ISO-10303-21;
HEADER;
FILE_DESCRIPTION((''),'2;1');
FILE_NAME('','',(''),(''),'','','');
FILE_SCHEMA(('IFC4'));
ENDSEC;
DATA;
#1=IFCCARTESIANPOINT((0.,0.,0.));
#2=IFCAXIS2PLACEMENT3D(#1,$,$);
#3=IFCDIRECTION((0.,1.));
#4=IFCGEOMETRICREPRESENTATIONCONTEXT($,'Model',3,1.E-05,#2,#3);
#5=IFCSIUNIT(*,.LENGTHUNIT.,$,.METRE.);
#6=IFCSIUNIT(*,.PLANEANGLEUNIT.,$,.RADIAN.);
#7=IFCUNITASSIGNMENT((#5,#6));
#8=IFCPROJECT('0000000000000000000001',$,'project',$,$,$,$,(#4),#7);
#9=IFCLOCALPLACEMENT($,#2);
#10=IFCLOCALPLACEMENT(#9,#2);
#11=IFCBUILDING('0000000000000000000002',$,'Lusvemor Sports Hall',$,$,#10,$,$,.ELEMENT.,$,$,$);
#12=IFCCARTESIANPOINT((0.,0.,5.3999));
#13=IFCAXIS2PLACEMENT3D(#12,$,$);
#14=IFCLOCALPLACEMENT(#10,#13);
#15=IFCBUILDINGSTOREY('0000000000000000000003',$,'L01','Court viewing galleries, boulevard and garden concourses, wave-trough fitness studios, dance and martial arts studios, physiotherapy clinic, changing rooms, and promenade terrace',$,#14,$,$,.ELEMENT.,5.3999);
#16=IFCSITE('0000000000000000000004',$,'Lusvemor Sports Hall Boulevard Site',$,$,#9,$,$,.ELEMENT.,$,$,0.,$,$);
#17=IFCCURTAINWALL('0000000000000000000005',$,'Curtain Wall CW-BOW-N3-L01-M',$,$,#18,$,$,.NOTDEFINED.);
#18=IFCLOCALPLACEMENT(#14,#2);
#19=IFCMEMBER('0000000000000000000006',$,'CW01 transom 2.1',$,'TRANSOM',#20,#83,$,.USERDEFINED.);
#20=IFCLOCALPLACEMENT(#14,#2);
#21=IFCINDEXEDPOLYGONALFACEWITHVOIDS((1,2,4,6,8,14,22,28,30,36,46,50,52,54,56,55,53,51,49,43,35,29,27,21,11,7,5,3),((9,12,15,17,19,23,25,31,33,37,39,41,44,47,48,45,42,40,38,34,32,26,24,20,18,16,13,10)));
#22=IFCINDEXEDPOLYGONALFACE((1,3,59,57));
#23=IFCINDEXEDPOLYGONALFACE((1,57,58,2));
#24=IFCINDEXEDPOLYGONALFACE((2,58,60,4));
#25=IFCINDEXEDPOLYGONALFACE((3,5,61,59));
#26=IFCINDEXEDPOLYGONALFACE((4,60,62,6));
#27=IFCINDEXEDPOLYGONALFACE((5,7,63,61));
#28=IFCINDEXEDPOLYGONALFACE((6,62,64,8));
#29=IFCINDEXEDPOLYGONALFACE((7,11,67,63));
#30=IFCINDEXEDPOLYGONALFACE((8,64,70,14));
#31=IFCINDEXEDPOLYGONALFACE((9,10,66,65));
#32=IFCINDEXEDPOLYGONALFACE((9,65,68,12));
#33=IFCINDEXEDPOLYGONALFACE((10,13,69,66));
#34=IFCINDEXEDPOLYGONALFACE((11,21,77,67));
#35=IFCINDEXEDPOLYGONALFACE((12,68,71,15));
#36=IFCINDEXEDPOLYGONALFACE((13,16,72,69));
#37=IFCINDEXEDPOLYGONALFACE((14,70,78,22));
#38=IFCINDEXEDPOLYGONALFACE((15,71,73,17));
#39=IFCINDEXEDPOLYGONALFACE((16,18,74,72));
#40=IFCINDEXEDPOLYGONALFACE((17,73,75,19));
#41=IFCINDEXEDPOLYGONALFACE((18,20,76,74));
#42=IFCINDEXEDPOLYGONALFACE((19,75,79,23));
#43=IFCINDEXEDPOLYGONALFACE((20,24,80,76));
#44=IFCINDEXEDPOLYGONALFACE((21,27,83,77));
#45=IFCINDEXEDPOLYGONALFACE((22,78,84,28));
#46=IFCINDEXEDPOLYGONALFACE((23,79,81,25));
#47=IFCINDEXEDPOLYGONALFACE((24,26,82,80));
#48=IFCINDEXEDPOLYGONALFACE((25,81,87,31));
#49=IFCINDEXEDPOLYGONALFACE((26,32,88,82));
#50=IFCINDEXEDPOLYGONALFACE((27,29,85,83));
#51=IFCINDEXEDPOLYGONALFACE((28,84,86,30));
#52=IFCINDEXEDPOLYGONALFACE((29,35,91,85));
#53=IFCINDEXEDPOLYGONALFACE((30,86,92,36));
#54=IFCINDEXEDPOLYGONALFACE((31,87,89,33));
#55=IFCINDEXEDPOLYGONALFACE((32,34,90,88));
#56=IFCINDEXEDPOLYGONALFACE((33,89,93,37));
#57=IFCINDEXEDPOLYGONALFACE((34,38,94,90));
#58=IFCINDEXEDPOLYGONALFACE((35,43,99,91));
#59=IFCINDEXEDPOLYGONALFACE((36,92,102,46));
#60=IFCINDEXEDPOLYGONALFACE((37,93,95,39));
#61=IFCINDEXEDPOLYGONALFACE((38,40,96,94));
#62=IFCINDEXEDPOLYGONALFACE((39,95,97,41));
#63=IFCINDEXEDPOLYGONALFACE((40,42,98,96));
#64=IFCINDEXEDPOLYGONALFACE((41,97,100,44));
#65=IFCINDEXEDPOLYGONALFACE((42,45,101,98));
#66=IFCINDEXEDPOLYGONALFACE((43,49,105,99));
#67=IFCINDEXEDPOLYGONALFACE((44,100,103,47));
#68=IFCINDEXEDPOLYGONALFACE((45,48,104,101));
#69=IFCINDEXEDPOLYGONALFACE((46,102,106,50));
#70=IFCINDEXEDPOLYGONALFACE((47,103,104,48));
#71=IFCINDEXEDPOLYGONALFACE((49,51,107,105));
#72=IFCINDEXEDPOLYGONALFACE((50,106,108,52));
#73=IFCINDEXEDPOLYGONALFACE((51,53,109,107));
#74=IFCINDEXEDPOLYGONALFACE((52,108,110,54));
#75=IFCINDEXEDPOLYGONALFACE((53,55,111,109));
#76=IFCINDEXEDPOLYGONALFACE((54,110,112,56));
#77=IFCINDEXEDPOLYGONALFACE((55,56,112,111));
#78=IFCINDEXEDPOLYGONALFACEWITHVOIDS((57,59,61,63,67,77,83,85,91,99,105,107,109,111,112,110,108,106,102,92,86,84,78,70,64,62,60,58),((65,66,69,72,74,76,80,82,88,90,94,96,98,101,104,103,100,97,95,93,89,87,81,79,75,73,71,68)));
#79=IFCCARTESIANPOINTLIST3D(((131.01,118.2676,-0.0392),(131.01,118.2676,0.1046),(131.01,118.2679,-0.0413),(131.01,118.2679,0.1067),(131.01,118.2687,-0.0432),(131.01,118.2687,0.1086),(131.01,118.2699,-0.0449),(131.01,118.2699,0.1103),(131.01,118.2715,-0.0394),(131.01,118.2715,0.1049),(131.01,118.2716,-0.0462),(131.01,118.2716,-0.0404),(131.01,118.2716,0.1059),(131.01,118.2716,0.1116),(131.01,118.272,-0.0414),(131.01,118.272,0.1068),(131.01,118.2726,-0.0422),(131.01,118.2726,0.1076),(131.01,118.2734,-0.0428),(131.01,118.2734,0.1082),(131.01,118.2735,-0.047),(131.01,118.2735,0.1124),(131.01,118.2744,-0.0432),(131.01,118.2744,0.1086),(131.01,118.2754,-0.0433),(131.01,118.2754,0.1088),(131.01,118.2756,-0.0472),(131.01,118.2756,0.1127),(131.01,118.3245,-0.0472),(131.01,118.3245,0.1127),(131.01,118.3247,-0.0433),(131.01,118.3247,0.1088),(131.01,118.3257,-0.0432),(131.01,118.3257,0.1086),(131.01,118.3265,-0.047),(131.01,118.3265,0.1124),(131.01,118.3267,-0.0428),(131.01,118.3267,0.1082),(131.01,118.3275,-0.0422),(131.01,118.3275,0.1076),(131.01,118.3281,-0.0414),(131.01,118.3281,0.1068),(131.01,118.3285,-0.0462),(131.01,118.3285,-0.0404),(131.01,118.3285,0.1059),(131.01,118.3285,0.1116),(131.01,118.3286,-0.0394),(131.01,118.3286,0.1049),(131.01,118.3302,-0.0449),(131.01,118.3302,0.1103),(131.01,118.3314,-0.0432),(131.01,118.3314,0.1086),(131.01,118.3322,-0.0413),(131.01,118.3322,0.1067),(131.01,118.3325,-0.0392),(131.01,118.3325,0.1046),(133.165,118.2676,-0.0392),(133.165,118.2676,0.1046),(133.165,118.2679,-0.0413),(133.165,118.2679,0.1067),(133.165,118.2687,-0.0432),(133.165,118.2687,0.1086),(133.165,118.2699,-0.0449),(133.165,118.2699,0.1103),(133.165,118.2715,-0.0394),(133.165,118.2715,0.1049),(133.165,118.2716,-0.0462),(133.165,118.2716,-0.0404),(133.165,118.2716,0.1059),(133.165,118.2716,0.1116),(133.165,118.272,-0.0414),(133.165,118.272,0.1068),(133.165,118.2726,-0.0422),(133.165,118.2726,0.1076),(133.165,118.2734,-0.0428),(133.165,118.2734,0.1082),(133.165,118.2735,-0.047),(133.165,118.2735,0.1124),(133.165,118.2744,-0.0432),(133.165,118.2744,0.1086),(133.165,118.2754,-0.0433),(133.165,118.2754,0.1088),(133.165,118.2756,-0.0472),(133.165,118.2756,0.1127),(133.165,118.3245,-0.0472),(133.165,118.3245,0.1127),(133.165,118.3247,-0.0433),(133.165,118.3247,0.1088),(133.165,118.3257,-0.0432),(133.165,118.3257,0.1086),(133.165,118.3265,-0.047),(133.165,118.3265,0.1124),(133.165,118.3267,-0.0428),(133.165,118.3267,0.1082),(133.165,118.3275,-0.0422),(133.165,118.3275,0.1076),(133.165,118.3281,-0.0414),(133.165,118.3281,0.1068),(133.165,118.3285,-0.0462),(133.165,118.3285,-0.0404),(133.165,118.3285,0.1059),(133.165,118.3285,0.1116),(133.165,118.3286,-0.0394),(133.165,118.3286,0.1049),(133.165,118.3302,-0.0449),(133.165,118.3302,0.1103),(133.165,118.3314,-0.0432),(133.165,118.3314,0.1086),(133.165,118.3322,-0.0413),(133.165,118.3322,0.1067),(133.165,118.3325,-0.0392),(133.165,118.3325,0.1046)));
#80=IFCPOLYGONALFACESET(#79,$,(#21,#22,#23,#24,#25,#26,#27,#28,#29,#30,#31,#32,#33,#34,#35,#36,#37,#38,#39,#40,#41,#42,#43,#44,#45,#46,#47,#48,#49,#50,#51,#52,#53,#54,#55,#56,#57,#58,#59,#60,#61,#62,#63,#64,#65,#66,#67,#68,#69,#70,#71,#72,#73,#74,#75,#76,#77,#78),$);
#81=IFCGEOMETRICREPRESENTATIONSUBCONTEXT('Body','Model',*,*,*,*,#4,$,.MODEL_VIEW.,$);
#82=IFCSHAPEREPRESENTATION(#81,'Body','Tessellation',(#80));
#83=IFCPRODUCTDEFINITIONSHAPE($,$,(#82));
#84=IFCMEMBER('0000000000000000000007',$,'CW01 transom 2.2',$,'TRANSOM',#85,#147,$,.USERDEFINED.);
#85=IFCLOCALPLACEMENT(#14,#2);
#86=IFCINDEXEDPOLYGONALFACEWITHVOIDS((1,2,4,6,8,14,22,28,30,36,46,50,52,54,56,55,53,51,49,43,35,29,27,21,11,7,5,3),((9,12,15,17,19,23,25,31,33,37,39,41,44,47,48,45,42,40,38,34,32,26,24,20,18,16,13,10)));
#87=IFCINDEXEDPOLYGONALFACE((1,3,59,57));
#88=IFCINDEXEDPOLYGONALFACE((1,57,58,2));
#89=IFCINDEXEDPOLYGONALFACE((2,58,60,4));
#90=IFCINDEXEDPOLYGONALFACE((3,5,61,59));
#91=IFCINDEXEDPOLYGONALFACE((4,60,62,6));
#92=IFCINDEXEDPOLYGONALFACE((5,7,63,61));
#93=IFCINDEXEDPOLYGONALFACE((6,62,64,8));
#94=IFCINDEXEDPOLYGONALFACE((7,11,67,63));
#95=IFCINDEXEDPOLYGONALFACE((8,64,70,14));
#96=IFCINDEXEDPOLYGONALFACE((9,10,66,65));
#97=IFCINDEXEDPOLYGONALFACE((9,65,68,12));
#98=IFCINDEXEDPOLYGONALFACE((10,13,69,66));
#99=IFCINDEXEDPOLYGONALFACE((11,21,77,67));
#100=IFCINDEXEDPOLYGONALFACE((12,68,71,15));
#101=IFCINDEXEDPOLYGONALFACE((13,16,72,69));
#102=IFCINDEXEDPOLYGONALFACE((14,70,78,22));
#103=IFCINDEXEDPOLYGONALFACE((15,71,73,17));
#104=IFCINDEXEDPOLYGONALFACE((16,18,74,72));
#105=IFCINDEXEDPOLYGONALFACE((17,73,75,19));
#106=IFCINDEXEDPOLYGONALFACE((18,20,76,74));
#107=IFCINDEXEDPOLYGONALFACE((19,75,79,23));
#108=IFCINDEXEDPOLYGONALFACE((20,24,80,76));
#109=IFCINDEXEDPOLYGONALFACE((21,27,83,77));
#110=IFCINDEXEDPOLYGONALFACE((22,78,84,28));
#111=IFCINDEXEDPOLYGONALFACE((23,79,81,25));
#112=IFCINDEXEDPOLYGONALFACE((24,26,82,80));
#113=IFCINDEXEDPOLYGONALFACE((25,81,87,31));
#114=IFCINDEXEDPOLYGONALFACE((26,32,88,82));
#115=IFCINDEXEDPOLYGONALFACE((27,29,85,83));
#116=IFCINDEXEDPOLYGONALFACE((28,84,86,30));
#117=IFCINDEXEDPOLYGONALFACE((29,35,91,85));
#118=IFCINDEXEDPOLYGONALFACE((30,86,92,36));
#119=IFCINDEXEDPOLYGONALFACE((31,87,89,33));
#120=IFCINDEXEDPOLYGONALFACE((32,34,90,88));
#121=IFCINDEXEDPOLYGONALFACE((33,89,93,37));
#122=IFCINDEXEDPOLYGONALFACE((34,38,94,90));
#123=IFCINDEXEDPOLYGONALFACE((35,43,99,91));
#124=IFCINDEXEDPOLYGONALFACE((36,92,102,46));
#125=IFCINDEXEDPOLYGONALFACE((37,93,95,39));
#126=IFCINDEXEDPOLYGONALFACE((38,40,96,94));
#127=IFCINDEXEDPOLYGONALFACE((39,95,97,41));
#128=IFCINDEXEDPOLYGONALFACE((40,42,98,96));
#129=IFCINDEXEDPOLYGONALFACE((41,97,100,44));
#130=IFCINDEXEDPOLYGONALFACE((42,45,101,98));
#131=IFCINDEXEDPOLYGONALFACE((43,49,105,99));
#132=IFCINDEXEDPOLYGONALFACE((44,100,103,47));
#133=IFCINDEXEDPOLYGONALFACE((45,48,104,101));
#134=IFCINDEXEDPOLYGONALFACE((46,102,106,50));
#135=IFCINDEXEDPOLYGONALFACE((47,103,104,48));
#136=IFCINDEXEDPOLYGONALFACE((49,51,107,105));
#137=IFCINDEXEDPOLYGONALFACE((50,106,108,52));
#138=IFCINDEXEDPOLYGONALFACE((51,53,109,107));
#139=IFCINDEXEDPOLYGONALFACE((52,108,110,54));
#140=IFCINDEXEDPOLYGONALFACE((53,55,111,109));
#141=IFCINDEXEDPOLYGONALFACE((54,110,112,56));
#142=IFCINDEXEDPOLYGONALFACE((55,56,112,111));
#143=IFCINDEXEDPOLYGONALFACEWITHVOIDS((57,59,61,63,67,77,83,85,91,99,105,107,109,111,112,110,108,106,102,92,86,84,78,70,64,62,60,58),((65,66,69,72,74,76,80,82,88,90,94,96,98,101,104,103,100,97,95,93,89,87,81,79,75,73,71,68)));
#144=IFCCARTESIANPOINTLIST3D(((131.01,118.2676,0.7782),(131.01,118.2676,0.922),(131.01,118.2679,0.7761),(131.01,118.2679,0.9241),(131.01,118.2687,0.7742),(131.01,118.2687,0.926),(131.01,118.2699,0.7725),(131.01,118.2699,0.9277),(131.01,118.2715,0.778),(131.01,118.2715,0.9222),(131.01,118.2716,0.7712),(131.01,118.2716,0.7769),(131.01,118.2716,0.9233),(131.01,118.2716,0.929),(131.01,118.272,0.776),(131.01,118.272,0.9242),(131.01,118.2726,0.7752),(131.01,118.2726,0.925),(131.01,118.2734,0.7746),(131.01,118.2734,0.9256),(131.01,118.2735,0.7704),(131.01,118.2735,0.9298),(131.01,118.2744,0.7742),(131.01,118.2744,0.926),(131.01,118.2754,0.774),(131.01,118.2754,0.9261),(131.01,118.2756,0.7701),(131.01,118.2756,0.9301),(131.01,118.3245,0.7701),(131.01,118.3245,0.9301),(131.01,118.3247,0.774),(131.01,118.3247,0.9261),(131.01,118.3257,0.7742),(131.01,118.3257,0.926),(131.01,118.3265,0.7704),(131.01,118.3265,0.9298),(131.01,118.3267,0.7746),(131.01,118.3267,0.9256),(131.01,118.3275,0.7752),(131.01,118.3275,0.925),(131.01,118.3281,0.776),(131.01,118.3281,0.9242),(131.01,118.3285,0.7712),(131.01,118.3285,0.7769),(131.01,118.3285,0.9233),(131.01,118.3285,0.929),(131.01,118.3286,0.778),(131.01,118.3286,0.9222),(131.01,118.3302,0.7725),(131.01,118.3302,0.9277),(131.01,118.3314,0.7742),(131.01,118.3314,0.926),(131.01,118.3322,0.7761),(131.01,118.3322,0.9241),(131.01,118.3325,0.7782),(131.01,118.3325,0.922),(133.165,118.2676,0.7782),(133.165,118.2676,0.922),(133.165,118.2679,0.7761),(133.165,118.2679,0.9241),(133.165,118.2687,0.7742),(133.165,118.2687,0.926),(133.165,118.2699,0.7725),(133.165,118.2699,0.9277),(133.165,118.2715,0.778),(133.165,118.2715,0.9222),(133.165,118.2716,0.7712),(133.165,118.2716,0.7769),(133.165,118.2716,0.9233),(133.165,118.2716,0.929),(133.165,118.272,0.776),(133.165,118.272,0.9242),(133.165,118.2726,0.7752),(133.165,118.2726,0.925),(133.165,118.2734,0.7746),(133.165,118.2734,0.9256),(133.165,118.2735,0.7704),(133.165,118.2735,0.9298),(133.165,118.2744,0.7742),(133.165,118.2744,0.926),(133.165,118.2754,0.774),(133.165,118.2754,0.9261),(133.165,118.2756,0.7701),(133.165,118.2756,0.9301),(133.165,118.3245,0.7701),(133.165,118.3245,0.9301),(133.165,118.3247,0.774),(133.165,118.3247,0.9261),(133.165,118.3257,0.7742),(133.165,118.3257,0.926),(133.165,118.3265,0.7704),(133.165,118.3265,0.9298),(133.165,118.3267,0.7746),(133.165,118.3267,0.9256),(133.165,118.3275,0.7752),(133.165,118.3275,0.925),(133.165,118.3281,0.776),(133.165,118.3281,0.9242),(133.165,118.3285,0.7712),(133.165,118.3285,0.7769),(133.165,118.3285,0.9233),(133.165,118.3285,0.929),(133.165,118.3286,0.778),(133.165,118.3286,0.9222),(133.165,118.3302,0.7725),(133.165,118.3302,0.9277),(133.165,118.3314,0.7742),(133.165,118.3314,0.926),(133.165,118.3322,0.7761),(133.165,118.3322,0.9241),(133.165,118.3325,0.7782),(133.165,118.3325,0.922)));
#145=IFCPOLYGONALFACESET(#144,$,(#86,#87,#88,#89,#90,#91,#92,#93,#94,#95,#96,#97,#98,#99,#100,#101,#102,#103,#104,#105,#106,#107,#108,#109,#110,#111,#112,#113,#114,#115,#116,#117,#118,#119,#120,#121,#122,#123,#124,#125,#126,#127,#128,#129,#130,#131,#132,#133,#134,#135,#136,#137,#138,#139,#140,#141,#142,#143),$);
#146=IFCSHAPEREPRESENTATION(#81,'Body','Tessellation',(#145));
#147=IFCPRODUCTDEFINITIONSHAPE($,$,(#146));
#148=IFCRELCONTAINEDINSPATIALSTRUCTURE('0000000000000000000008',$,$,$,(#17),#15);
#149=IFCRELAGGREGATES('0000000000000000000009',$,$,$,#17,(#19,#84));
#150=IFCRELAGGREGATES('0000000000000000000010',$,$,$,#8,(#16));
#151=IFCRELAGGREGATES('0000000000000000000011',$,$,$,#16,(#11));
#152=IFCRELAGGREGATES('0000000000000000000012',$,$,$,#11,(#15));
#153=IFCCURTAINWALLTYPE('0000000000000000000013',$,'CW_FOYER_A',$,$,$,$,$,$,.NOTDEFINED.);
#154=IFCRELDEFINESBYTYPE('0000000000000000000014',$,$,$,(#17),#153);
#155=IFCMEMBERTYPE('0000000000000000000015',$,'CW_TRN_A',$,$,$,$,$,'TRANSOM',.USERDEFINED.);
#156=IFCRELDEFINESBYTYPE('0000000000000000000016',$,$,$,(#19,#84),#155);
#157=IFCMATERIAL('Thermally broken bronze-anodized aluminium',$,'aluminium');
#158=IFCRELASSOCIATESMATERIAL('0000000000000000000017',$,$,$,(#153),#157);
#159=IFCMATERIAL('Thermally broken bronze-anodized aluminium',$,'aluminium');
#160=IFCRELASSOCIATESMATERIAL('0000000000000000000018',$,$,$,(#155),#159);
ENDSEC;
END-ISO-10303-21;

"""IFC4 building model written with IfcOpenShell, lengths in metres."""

from ifc_helpers import new_model, si_unit, direction, frame, origin, origin_2d, place, context, subcontext, project, spatial, hollow_rectangle, extrude, material, material_profile, profile_set, type_object, element, aggregate, save


model = new_model("IFC4")

# Units and contexts
model_context = context("Model", 3, precision=1e-05, world=origin(), true_north=direction((0.0, 1.0)))
body_context = subcontext(model_context, "Body", "Model", "MODEL_VIEW")
ifc_project = project(units=[si_unit("LENGTHUNIT", "METRE"), si_unit("PLANEANGLEUNIT", "RADIAN")], contexts=[model_context])

# Site, building, storey
site_placement = place(None, origin())
site = spatial("IfcSite", under=ifc_project, at=site_placement, Name="Lusvemor Sports Hall Boulevard Site", CompositionType="ELEMENT", RefElevation=0.0)
building_placement = place(site_placement, origin())
building = spatial("IfcBuilding", under=site, at=building_placement, Name="Lusvemor Sports Hall", CompositionType="ELEMENT")
storey_placement = place(building_placement, frame((0.0, 0.0, 5.3999)))
storey = spatial("IfcBuildingStorey", under=building, at=storey_placement, Name="L01", Description="Court viewing galleries, boulevard and garden concourses, wave-trough fitness studios, dance and martial arts studios, physiotherapy clinic, changing rooms, and promenade terrace", CompositionType="ELEMENT", Elevation=5.3999)

# Curtain wall, members
ifc_material_1 = material(Name="Thermally broken bronze-anodized aluminium", Category="aluminium")
curtain_wall_type = type_object("IfcCurtainWallType", Name="CW_FOYER_A", PredefinedType="NOTDEFINED", material=ifc_material_1)
curtain_wall_placement = place(storey_placement, origin())
curtain_wall = element("IfcCurtainWall", 1, at=curtain_wall_placement, inside=storey, type_object=curtain_wall_type, Name="Curtain Wall CW-BOW-N3-L01-M", PredefinedType="NOTDEFINED")
ifc_material_2 = material(Name="Thermally broken bronze-anodized aluminium", Category="aluminium")
ifc_material_profile_1 = material_profile(ifc_material_2, hollow_rectangle(XDim=0.0649, YDim=0.1599, WallThickness=0.0039, InnerFilletRadius=0.0039, OuterFilletRadius=0.0081, at=origin_2d()), Name="CWTRN160x65x4")
ifc_profile_set_1 = profile_set([ifc_material_profile_1], Name="Thermally broken bronze-anodized aluminium")
member_type_1 = type_object("IfcMemberType", Name="CW_TRN_A", ElementType="TRANSOM", PredefinedType="USERDEFINED", material=ifc_profile_set_1)
member_1_placement = place(storey_placement, frame((131.01, 118.3, 0.0327), z_axis=(1.0, 0.0, 0.0), x_axis=(0.0, 1.0, 0.0)))
member_1 = element("IfcMember", 2, at=member_1_placement, type_object=member_type_1, Name="CW01 transom 2.1", ObjectType="TRANSOM", PredefinedType="USERDEFINED", context=body_context, shape_type="SweptSolid", body=[
    extrude(hollow_rectangle(XDim=0.0649, YDim=0.1599, WallThickness=0.0039, InnerFilletRadius=0.0039, OuterFilletRadius=0.0081, at=origin_2d()), origin(), (0.0, 0.0, 1.0), 2.155),
])
member_2_placement = place(storey_placement, frame((131.01, 118.3, 0.8501), z_axis=(1.0, 0.0, 0.0), x_axis=(0.0, 1.0, 0.0)))
member_2 = element("IfcMember", 3, at=member_2_placement, type_object=member_type_1, Name="CW01 transom 2.2", ObjectType="TRANSOM", PredefinedType="USERDEFINED", context=body_context, shape_type="SweptSolid", body=[
    extrude(hollow_rectangle(XDim=0.0649, YDim=0.1599, WallThickness=0.0039, InnerFilletRadius=0.0039, OuterFilletRadius=0.0081, at=origin_2d()), origin(), (0.0, 0.0, 1.0), 2.155),
])

aggregate(curtain_wall, [member_1, member_2])

save(model, "model.ifc")
